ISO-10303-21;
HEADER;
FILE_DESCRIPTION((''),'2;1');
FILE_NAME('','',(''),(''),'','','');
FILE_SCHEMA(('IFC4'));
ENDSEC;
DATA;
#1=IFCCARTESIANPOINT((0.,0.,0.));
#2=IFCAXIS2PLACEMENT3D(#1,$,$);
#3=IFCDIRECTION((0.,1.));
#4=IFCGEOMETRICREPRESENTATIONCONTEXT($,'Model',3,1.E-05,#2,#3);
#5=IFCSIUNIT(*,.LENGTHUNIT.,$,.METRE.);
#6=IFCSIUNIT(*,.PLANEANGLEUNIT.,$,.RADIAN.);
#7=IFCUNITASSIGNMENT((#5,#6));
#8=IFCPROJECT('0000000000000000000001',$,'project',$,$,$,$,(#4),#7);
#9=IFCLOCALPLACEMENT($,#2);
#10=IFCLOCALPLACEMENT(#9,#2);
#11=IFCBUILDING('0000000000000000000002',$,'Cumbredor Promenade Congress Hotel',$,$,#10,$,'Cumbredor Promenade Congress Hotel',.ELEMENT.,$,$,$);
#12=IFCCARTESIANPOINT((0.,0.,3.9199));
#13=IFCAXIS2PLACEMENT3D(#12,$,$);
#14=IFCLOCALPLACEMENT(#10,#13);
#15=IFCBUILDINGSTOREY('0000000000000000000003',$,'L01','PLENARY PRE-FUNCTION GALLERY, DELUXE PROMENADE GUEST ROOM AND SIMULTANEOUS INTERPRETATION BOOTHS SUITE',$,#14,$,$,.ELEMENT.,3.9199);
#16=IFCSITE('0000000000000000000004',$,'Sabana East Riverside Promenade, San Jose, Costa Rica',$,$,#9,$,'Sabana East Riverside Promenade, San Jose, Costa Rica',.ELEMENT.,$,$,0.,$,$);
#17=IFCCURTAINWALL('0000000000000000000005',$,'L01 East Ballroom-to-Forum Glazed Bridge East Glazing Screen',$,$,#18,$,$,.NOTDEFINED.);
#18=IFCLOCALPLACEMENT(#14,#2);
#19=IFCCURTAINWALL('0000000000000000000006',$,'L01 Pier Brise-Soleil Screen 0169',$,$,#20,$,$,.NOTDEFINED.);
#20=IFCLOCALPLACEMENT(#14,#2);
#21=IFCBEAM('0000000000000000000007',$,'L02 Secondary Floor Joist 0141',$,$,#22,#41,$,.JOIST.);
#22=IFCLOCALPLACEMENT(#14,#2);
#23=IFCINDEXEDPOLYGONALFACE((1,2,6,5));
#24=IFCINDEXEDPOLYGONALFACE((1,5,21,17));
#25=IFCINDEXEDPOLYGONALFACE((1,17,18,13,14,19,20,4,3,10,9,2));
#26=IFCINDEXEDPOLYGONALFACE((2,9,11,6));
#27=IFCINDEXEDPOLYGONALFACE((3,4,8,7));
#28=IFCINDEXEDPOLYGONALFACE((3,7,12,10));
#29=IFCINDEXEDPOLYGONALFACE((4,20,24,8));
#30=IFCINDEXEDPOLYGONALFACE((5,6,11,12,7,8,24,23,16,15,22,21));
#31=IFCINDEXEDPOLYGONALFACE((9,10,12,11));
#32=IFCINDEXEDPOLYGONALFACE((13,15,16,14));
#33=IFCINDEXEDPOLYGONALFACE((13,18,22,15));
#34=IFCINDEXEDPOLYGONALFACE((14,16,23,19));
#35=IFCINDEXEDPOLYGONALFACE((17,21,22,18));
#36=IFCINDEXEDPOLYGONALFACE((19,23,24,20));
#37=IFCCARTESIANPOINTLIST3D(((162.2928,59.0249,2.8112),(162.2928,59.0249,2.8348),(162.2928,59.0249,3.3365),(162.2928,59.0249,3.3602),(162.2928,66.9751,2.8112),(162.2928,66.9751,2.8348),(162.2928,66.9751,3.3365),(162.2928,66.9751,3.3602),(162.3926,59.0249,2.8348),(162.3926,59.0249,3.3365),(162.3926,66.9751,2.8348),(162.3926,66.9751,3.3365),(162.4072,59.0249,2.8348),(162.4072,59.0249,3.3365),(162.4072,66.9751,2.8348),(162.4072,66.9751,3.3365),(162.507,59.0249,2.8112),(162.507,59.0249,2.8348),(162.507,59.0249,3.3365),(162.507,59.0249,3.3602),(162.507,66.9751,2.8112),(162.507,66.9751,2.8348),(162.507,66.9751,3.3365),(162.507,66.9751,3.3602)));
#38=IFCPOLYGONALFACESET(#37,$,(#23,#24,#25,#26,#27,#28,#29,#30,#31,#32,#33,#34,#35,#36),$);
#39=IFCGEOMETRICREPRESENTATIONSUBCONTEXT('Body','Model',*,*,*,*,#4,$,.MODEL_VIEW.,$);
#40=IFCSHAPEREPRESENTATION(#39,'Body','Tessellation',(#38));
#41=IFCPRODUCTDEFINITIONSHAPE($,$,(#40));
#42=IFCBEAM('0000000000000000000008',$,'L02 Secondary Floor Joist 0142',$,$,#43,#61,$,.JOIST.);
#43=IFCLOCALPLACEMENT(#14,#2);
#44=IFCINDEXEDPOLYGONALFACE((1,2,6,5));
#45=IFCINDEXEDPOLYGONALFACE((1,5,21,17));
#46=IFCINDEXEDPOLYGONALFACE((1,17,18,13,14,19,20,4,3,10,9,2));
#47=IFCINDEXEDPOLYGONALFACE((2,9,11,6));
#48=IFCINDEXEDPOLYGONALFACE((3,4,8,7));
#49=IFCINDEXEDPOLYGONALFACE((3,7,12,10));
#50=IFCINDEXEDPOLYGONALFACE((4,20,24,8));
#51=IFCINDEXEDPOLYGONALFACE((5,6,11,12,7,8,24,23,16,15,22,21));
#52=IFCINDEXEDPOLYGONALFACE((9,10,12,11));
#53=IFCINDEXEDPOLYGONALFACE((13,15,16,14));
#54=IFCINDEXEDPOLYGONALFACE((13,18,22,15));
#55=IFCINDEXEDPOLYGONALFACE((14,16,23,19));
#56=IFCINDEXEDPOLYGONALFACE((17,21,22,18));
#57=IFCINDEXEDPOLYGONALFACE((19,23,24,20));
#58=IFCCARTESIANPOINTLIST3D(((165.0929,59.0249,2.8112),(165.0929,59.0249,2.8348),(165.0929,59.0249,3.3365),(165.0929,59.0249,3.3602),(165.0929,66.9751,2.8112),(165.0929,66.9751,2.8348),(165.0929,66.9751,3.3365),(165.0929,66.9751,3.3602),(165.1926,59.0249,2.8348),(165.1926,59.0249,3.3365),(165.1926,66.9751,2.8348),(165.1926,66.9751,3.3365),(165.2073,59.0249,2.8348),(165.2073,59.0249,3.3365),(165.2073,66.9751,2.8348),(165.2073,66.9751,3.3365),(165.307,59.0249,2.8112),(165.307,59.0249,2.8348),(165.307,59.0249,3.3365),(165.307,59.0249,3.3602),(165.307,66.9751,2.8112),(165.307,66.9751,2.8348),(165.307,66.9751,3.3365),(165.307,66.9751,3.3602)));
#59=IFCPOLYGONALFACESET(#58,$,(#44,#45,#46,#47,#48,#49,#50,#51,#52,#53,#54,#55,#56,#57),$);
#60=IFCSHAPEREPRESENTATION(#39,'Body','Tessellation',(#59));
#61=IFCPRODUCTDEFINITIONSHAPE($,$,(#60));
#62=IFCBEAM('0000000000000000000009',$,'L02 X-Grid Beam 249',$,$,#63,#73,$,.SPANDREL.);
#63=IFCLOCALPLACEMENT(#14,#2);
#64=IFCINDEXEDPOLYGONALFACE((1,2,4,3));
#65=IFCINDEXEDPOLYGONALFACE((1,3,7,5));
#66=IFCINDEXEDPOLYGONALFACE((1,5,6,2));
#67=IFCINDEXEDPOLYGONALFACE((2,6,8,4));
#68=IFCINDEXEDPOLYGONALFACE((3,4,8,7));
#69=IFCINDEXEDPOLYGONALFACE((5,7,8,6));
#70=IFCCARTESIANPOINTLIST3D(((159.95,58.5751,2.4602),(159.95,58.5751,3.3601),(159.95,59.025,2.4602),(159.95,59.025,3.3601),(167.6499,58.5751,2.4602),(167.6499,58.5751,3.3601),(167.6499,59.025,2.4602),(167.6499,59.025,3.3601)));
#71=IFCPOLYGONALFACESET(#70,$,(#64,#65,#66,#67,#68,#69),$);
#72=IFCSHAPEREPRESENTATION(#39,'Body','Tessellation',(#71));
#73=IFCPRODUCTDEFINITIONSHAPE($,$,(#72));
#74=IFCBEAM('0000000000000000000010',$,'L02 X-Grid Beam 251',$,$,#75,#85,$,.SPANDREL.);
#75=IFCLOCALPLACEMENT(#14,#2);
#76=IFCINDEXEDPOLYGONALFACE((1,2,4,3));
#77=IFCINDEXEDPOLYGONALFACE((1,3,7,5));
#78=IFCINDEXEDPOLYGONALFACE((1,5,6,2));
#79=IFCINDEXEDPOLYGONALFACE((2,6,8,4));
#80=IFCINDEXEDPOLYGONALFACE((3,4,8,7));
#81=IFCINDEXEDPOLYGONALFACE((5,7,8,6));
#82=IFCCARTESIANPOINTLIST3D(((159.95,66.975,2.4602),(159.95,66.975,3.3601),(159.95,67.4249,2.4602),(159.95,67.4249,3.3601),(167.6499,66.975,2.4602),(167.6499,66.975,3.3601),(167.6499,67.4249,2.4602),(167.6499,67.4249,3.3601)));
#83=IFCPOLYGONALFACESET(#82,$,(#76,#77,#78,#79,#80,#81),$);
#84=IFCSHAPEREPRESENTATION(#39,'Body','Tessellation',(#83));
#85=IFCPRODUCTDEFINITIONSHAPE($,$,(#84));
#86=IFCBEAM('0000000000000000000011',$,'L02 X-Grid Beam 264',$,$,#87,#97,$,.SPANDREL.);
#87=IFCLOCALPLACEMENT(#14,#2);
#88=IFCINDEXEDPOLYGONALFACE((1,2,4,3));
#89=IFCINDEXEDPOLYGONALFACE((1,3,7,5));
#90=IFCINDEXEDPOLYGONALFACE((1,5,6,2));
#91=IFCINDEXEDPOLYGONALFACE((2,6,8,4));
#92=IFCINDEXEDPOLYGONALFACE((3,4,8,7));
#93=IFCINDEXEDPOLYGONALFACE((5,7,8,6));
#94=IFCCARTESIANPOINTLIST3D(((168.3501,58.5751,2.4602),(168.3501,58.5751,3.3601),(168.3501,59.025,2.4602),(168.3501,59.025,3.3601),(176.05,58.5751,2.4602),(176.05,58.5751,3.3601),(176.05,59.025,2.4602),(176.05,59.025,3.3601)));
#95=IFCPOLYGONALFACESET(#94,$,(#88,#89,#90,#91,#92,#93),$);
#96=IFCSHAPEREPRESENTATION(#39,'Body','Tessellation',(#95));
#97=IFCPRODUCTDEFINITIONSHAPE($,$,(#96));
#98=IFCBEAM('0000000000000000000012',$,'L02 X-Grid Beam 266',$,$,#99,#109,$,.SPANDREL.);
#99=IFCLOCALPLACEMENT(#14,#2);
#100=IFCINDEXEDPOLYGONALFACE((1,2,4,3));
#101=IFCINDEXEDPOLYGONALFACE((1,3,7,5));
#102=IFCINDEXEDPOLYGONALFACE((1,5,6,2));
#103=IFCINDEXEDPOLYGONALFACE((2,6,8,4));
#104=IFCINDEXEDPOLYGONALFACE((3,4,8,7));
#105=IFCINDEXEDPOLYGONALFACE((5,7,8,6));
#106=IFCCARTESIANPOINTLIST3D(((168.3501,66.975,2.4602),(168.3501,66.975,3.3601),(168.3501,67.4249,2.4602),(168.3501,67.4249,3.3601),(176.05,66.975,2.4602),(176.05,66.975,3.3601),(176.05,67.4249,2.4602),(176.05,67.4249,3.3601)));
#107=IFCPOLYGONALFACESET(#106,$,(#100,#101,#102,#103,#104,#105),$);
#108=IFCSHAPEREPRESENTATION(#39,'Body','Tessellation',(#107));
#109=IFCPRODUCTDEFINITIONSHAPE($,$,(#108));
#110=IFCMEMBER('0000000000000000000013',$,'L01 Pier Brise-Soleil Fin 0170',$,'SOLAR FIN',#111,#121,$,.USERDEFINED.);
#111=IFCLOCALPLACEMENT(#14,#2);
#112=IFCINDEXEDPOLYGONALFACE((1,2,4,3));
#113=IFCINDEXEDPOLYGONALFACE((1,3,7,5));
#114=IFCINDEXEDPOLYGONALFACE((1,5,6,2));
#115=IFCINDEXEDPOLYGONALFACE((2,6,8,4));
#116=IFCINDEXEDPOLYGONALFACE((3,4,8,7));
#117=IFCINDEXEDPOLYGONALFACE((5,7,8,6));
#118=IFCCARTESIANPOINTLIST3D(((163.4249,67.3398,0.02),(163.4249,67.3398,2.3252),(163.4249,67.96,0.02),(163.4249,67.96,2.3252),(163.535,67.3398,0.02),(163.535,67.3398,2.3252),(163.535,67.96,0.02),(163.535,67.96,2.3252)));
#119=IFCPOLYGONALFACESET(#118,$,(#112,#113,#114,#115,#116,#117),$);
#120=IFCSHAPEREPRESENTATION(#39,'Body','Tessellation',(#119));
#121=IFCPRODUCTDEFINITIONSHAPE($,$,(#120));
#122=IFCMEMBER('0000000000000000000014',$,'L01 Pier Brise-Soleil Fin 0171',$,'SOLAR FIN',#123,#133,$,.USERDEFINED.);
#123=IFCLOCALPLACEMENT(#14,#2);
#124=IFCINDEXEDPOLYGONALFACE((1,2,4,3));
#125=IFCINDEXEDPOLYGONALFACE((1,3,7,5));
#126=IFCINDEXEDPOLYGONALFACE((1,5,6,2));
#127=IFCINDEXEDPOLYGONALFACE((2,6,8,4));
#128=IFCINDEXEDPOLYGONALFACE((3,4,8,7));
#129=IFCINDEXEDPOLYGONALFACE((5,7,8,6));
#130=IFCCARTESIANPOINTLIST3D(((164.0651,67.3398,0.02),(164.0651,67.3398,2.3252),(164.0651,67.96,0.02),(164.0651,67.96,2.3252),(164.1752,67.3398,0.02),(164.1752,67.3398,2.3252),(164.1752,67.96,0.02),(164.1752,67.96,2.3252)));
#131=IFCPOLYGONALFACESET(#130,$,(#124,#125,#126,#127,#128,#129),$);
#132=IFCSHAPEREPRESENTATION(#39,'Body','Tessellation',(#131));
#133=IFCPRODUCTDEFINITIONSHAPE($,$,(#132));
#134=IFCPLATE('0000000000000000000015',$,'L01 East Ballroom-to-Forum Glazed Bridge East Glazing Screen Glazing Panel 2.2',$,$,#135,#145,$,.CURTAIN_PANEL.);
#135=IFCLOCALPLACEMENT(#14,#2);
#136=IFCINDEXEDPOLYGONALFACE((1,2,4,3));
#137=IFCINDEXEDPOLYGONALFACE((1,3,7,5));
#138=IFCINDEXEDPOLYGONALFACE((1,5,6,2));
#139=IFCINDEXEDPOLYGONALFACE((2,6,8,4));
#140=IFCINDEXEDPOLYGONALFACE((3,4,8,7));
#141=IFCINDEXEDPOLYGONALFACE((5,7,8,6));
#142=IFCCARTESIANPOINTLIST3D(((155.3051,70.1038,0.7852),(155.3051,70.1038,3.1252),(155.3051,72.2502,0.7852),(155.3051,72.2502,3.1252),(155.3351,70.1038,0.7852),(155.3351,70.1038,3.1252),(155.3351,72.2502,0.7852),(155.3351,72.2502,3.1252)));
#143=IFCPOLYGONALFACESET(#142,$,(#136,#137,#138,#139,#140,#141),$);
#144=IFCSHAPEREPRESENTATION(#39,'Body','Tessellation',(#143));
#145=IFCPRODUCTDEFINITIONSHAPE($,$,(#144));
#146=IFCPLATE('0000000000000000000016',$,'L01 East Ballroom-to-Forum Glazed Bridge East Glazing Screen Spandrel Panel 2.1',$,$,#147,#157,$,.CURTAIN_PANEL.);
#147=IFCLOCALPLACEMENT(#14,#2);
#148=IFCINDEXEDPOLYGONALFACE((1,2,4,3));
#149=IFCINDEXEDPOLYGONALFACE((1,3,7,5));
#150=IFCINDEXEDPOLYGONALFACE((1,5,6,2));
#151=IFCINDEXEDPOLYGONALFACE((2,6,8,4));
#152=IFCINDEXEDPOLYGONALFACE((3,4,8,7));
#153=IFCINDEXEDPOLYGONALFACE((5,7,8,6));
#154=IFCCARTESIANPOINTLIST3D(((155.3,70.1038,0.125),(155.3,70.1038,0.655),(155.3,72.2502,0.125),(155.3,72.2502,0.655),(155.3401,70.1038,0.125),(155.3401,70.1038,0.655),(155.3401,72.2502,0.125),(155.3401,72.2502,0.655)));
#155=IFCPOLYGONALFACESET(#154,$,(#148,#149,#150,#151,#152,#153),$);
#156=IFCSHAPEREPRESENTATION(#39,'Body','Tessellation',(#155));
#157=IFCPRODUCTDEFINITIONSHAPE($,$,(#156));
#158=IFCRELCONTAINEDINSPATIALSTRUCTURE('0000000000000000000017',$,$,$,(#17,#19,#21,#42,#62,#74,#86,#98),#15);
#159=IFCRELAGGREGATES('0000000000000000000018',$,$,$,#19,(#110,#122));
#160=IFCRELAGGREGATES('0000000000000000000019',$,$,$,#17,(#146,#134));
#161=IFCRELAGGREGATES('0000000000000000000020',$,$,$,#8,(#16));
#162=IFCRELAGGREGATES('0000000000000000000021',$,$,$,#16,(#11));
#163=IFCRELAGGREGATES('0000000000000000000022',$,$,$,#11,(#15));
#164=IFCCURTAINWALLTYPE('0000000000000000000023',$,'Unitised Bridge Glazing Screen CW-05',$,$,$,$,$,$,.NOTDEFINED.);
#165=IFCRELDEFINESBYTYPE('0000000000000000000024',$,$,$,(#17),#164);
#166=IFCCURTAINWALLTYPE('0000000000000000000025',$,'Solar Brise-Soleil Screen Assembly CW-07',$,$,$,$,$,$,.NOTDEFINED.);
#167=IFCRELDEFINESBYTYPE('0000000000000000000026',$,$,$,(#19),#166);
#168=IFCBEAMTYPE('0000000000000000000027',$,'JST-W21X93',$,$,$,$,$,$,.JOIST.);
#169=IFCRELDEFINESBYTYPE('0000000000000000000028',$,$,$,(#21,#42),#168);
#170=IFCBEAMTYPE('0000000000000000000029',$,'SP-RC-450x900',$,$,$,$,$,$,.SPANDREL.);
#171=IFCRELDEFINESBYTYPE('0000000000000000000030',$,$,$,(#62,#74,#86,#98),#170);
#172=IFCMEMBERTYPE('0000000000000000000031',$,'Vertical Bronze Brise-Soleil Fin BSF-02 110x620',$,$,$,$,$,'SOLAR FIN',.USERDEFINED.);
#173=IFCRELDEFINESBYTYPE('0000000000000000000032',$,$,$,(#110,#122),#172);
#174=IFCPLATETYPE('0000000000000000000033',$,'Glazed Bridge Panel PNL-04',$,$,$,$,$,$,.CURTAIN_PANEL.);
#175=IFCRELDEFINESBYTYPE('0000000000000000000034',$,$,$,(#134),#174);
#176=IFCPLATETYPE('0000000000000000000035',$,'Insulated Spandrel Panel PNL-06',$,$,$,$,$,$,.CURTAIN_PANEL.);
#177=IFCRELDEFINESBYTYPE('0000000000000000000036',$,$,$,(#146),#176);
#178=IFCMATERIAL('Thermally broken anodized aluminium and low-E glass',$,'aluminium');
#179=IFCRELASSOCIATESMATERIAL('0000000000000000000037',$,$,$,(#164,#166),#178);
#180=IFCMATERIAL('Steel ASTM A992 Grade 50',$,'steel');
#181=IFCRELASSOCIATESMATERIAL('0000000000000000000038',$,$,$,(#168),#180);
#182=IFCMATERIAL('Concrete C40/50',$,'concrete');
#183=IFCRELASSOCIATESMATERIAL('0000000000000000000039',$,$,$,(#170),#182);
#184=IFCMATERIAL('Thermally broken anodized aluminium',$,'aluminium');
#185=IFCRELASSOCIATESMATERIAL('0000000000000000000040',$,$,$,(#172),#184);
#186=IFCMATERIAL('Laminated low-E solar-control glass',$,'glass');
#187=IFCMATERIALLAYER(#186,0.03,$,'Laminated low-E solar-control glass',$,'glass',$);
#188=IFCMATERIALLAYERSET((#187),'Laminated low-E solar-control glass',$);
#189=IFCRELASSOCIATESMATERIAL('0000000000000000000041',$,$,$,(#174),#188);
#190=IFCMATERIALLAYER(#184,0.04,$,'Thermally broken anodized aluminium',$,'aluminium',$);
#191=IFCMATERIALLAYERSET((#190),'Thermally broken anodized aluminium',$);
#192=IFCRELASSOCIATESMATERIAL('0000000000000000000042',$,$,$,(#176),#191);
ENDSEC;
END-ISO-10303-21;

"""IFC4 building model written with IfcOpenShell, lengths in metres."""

from ifc_helpers import new_model, si_unit, direction, frame, origin, origin_2d, place, context, subcontext, project, spatial, rectangle, i_section, extrude, material, layer, layer_set, material_profile, profile_set, type_object, element, aggregate, save


model = new_model("IFC4")

# Units and contexts
model_context = context("Model", 3, precision=1e-05, world=origin(), true_north=direction((0.0, 1.0)))
body_context = subcontext(model_context, "Body", "Model", "MODEL_VIEW")
ifc_project = project(units=[si_unit("LENGTHUNIT", "METRE"), si_unit("PLANEANGLEUNIT", "RADIAN")], contexts=[model_context])

# Site, building, storey
site_placement = place(None, origin())
site = spatial("IfcSite", under=ifc_project, at=site_placement, Name="Sabana East Riverside Promenade, San Jose, Costa Rica", LongName="Sabana East Riverside Promenade, San Jose, Costa Rica", CompositionType="ELEMENT", RefElevation=0.0)
building_placement = place(site_placement, origin())
building = spatial("IfcBuilding", under=site, at=building_placement, Name="Cumbredor Promenade Congress Hotel", LongName="Cumbredor Promenade Congress Hotel", CompositionType="ELEMENT")
storey_placement = place(building_placement, frame((0.0, 0.0, 3.9199)))
storey = spatial("IfcBuildingStorey", under=building, at=storey_placement, Name="L01", Description="PLENARY PRE-FUNCTION GALLERY, DELUXE PROMENADE GUEST ROOM AND SIMULTANEOUS INTERPRETATION BOOTHS SUITE", CompositionType="ELEMENT", Elevation=3.9199)

# Shared definitions
ifc_material_1 = material(Name="Concrete C40/50", Category="concrete")

# Curtain wall
ifc_material_2 = material(Name="Thermally broken anodized aluminium and low-E glass", Category="aluminium")
curtain_wall_type_1 = type_object("IfcCurtainWallType", Name="Unitised Bridge Glazing Screen CW-05", PredefinedType="NOTDEFINED", material=ifc_material_2)
curtain_wall_1_placement = place(storey_placement, origin())
curtain_wall_1 = element("IfcCurtainWall", 1, at=curtain_wall_1_placement, inside=storey, type_object=curtain_wall_type_1, Name="L01 East Ballroom-to-Forum Glazed Bridge East Glazing Screen", PredefinedType="NOTDEFINED")
ifc_material_3 = material(Name="Thermally broken anodized aluminium", Category="aluminium")

# Curtain wall
curtain_wall_type_2 = type_object("IfcCurtainWallType", Name="Solar Brise-Soleil Screen Assembly CW-07", PredefinedType="NOTDEFINED", material=ifc_material_2)
curtain_wall_2_placement = place(storey_placement, origin())
curtain_wall_2 = element("IfcCurtainWall", 2, at=curtain_wall_2_placement, inside=storey, type_object=curtain_wall_type_2, Name="L01 Pier Brise-Soleil Screen 0169", PredefinedType="NOTDEFINED")

# Beams
ifc_material_4 = material(Name="Steel ASTM A992 Grade 50", Category="steel")
ifc_material_profile_1 = material_profile(ifc_material_4, i_section(OverallWidth=0.2141, OverallDepth=0.5491, WebThickness=0.0146, FlangeThickness=0.0237, at=origin_2d()), Name="W21X93")
ifc_profile_set_1 = profile_set([ifc_material_profile_1], Name="Steel ASTM A992 Grade 50")
beam_type_1 = type_object("IfcBeamType", Name="JST-W21X93", PredefinedType="JOIST", material=ifc_profile_set_1)
for number, where, z_axis, x_axis, name in (
    (3, (162.3999, 59.0249, 3.0857), (0.0, 1.0, 0.0), (-1.0, 0.0, 0.0), "L02 Secondary Floor Joist 0141"),
    (4, (165.2, 59.0249, 3.0857), (0.0, 1.0, 0.0), (-1.0, 0.0, 0.0), "L02 Secondary Floor Joist 0142"),
):
    element("IfcBeam", number, at=place(storey_placement, frame(where, z_axis=z_axis, x_axis=x_axis)), inside=storey, type_object=beam_type_1, Name=name, PredefinedType="JOIST", context=body_context, shape_type="SweptSolid", body=[
        extrude(i_section(OverallWidth=0.2141, OverallDepth=0.5491, WebThickness=0.0146, FlangeThickness=0.0237, at=origin_2d()), origin(), (0.0, 0.0, 1.0), 7.9502),
    ])
ifc_material_profile_2 = material_profile(ifc_material_1, rectangle(XDim=0.45, YDim=0.8999, at=origin_2d()), Name="RC SPANDREL 450x900")
ifc_profile_set_2 = profile_set([ifc_material_profile_2], Name="Concrete C40/50")
beam_type_2 = type_object("IfcBeamType", Name="SP-RC-450x900", PredefinedType="SPANDREL", material=ifc_profile_set_2)
for number, where, z_axis, x_axis, name in (
    (5, (159.95, 58.8, 2.9102), (1.0, 0.0, 0.0), (0.0, 1.0, 0.0), "L02 X-Grid Beam 249"),
    (6, (159.95, 67.2, 2.9102), (1.0, 0.0, 0.0), (0.0, 1.0, 0.0), "L02 X-Grid Beam 251"),
    (7, (168.3501, 58.8, 2.9102), (1.0, 0.0, 0.0), (0.0, 1.0, 0.0), "L02 X-Grid Beam 264"),
    (8, (168.3501, 67.2, 2.9102), (1.0, 0.0, 0.0), (0.0, 1.0, 0.0), "L02 X-Grid Beam 266"),
):
    element("IfcBeam", number, at=place(storey_placement, frame(where, z_axis=z_axis, x_axis=x_axis)), inside=storey, type_object=beam_type_2, Name=name, PredefinedType="SPANDREL", context=body_context, shape_type="SweptSolid", body=[
        extrude(rectangle(XDim=0.45, YDim=0.8999, at=origin_2d()), origin(), (0.0, 0.0, 1.0), 7.7),
    ])

# Members
ifc_material_profile_3 = material_profile(ifc_material_3, rectangle(XDim=0.1101, YDim=0.6201, at=origin_2d()), Name="ARCH FIN 110x620")
ifc_profile_set_3 = profile_set([ifc_material_profile_3], Name="Thermally broken anodized aluminium")
member_type_1 = type_object("IfcMemberType", Name="Vertical Bronze Brise-Soleil Fin BSF-02 110x620", ElementType="SOLAR FIN", PredefinedType="USERDEFINED", material=ifc_profile_set_3)
member_1_placement = place(storey_placement, frame((163.48, 67.6499, 0.02), z_axis=(0.0, 0.0, 1.0), x_axis=(1.0, 0.0, 0.0)))
member_1 = element("IfcMember", 9, at=member_1_placement, type_object=member_type_1, Name="L01 Pier Brise-Soleil Fin 0170", ObjectType="SOLAR FIN", PredefinedType="USERDEFINED", context=body_context, shape_type="SweptSolid", body=[
    extrude(rectangle(XDim=0.1101, YDim=0.6201, at=origin_2d()), origin(), (0.0, 0.0, 1.0), 2.3052),
])
member_2_placement = place(storey_placement, frame((164.1201, 67.6499, 0.02), z_axis=(0.0, 0.0, 1.0), x_axis=(1.0, 0.0, 0.0)))
member_2 = element("IfcMember", 10, at=member_2_placement, type_object=member_type_1, Name="L01 Pier Brise-Soleil Fin 0171", ObjectType="SOLAR FIN", PredefinedType="USERDEFINED", context=body_context, shape_type="SweptSolid", body=[
    extrude(rectangle(XDim=0.1101, YDim=0.6201, at=origin_2d()), origin(), (0.0, 0.0, 1.0), 2.3052),
])
aggregate(curtain_wall_2, [member_1, member_2])

# Plates
ifc_material_5 = material(Name="Laminated low-E solar-control glass", Category="glass")
ifc_layer_1 = layer(ifc_material_5, 0.03, Name="Laminated low-E solar-control glass", Category="glass")
ifc_layer_set_1 = layer_set([ifc_layer_1], Name="Laminated low-E solar-control glass")
plate_type_1 = type_object("IfcPlateType", Name="Glazed Bridge Panel PNL-04", PredefinedType="CURTAIN_PANEL", material=ifc_layer_set_1)
plate_1_placement = place(storey_placement, frame((155.3201, 71.177, 0.7852), z_axis=(0.0, 0.0, 1.0), x_axis=(0.0, 1.0, 0.0)))
plate_1 = element("IfcPlate", 11, at=plate_1_placement, type_object=plate_type_1, Name="L01 East Ballroom-to-Forum Glazed Bridge East Glazing Screen Glazing Panel 2.2", PredefinedType="CURTAIN_PANEL", context=body_context, shape_type="SweptSolid", body=[
    extrude(rectangle(XDim=2.1465, YDim=0.03, at=origin_2d()), origin(), (0.0, 0.0, 1.0), 2.3401),
])
ifc_layer_2 = layer(ifc_material_3, 0.04, Name="Thermally broken anodized aluminium", Category="aluminium")
ifc_layer_set_2 = layer_set([ifc_layer_2], Name="Thermally broken anodized aluminium")
plate_type_2 = type_object("IfcPlateType", Name="Insulated Spandrel Panel PNL-06", PredefinedType="CURTAIN_PANEL", material=ifc_layer_set_2)
plate_2_placement = place(storey_placement, frame((155.3201, 71.177, 0.125), z_axis=(0.0, 0.0, 1.0), x_axis=(0.0, 1.0, 0.0)))
plate_2 = element("IfcPlate", 12, at=plate_2_placement, type_object=plate_type_2, Name="L01 East Ballroom-to-Forum Glazed Bridge East Glazing Screen Spandrel Panel 2.1", PredefinedType="CURTAIN_PANEL", context=body_context, shape_type="SweptSolid", body=[
    extrude(rectangle(XDim=2.1465, YDim=0.04, at=origin_2d()), origin(), (0.0, 0.0, 1.0), 0.53),
])
aggregate(curtain_wall_1, [plate_2, plate_1])

save(model, "model.ifc")
